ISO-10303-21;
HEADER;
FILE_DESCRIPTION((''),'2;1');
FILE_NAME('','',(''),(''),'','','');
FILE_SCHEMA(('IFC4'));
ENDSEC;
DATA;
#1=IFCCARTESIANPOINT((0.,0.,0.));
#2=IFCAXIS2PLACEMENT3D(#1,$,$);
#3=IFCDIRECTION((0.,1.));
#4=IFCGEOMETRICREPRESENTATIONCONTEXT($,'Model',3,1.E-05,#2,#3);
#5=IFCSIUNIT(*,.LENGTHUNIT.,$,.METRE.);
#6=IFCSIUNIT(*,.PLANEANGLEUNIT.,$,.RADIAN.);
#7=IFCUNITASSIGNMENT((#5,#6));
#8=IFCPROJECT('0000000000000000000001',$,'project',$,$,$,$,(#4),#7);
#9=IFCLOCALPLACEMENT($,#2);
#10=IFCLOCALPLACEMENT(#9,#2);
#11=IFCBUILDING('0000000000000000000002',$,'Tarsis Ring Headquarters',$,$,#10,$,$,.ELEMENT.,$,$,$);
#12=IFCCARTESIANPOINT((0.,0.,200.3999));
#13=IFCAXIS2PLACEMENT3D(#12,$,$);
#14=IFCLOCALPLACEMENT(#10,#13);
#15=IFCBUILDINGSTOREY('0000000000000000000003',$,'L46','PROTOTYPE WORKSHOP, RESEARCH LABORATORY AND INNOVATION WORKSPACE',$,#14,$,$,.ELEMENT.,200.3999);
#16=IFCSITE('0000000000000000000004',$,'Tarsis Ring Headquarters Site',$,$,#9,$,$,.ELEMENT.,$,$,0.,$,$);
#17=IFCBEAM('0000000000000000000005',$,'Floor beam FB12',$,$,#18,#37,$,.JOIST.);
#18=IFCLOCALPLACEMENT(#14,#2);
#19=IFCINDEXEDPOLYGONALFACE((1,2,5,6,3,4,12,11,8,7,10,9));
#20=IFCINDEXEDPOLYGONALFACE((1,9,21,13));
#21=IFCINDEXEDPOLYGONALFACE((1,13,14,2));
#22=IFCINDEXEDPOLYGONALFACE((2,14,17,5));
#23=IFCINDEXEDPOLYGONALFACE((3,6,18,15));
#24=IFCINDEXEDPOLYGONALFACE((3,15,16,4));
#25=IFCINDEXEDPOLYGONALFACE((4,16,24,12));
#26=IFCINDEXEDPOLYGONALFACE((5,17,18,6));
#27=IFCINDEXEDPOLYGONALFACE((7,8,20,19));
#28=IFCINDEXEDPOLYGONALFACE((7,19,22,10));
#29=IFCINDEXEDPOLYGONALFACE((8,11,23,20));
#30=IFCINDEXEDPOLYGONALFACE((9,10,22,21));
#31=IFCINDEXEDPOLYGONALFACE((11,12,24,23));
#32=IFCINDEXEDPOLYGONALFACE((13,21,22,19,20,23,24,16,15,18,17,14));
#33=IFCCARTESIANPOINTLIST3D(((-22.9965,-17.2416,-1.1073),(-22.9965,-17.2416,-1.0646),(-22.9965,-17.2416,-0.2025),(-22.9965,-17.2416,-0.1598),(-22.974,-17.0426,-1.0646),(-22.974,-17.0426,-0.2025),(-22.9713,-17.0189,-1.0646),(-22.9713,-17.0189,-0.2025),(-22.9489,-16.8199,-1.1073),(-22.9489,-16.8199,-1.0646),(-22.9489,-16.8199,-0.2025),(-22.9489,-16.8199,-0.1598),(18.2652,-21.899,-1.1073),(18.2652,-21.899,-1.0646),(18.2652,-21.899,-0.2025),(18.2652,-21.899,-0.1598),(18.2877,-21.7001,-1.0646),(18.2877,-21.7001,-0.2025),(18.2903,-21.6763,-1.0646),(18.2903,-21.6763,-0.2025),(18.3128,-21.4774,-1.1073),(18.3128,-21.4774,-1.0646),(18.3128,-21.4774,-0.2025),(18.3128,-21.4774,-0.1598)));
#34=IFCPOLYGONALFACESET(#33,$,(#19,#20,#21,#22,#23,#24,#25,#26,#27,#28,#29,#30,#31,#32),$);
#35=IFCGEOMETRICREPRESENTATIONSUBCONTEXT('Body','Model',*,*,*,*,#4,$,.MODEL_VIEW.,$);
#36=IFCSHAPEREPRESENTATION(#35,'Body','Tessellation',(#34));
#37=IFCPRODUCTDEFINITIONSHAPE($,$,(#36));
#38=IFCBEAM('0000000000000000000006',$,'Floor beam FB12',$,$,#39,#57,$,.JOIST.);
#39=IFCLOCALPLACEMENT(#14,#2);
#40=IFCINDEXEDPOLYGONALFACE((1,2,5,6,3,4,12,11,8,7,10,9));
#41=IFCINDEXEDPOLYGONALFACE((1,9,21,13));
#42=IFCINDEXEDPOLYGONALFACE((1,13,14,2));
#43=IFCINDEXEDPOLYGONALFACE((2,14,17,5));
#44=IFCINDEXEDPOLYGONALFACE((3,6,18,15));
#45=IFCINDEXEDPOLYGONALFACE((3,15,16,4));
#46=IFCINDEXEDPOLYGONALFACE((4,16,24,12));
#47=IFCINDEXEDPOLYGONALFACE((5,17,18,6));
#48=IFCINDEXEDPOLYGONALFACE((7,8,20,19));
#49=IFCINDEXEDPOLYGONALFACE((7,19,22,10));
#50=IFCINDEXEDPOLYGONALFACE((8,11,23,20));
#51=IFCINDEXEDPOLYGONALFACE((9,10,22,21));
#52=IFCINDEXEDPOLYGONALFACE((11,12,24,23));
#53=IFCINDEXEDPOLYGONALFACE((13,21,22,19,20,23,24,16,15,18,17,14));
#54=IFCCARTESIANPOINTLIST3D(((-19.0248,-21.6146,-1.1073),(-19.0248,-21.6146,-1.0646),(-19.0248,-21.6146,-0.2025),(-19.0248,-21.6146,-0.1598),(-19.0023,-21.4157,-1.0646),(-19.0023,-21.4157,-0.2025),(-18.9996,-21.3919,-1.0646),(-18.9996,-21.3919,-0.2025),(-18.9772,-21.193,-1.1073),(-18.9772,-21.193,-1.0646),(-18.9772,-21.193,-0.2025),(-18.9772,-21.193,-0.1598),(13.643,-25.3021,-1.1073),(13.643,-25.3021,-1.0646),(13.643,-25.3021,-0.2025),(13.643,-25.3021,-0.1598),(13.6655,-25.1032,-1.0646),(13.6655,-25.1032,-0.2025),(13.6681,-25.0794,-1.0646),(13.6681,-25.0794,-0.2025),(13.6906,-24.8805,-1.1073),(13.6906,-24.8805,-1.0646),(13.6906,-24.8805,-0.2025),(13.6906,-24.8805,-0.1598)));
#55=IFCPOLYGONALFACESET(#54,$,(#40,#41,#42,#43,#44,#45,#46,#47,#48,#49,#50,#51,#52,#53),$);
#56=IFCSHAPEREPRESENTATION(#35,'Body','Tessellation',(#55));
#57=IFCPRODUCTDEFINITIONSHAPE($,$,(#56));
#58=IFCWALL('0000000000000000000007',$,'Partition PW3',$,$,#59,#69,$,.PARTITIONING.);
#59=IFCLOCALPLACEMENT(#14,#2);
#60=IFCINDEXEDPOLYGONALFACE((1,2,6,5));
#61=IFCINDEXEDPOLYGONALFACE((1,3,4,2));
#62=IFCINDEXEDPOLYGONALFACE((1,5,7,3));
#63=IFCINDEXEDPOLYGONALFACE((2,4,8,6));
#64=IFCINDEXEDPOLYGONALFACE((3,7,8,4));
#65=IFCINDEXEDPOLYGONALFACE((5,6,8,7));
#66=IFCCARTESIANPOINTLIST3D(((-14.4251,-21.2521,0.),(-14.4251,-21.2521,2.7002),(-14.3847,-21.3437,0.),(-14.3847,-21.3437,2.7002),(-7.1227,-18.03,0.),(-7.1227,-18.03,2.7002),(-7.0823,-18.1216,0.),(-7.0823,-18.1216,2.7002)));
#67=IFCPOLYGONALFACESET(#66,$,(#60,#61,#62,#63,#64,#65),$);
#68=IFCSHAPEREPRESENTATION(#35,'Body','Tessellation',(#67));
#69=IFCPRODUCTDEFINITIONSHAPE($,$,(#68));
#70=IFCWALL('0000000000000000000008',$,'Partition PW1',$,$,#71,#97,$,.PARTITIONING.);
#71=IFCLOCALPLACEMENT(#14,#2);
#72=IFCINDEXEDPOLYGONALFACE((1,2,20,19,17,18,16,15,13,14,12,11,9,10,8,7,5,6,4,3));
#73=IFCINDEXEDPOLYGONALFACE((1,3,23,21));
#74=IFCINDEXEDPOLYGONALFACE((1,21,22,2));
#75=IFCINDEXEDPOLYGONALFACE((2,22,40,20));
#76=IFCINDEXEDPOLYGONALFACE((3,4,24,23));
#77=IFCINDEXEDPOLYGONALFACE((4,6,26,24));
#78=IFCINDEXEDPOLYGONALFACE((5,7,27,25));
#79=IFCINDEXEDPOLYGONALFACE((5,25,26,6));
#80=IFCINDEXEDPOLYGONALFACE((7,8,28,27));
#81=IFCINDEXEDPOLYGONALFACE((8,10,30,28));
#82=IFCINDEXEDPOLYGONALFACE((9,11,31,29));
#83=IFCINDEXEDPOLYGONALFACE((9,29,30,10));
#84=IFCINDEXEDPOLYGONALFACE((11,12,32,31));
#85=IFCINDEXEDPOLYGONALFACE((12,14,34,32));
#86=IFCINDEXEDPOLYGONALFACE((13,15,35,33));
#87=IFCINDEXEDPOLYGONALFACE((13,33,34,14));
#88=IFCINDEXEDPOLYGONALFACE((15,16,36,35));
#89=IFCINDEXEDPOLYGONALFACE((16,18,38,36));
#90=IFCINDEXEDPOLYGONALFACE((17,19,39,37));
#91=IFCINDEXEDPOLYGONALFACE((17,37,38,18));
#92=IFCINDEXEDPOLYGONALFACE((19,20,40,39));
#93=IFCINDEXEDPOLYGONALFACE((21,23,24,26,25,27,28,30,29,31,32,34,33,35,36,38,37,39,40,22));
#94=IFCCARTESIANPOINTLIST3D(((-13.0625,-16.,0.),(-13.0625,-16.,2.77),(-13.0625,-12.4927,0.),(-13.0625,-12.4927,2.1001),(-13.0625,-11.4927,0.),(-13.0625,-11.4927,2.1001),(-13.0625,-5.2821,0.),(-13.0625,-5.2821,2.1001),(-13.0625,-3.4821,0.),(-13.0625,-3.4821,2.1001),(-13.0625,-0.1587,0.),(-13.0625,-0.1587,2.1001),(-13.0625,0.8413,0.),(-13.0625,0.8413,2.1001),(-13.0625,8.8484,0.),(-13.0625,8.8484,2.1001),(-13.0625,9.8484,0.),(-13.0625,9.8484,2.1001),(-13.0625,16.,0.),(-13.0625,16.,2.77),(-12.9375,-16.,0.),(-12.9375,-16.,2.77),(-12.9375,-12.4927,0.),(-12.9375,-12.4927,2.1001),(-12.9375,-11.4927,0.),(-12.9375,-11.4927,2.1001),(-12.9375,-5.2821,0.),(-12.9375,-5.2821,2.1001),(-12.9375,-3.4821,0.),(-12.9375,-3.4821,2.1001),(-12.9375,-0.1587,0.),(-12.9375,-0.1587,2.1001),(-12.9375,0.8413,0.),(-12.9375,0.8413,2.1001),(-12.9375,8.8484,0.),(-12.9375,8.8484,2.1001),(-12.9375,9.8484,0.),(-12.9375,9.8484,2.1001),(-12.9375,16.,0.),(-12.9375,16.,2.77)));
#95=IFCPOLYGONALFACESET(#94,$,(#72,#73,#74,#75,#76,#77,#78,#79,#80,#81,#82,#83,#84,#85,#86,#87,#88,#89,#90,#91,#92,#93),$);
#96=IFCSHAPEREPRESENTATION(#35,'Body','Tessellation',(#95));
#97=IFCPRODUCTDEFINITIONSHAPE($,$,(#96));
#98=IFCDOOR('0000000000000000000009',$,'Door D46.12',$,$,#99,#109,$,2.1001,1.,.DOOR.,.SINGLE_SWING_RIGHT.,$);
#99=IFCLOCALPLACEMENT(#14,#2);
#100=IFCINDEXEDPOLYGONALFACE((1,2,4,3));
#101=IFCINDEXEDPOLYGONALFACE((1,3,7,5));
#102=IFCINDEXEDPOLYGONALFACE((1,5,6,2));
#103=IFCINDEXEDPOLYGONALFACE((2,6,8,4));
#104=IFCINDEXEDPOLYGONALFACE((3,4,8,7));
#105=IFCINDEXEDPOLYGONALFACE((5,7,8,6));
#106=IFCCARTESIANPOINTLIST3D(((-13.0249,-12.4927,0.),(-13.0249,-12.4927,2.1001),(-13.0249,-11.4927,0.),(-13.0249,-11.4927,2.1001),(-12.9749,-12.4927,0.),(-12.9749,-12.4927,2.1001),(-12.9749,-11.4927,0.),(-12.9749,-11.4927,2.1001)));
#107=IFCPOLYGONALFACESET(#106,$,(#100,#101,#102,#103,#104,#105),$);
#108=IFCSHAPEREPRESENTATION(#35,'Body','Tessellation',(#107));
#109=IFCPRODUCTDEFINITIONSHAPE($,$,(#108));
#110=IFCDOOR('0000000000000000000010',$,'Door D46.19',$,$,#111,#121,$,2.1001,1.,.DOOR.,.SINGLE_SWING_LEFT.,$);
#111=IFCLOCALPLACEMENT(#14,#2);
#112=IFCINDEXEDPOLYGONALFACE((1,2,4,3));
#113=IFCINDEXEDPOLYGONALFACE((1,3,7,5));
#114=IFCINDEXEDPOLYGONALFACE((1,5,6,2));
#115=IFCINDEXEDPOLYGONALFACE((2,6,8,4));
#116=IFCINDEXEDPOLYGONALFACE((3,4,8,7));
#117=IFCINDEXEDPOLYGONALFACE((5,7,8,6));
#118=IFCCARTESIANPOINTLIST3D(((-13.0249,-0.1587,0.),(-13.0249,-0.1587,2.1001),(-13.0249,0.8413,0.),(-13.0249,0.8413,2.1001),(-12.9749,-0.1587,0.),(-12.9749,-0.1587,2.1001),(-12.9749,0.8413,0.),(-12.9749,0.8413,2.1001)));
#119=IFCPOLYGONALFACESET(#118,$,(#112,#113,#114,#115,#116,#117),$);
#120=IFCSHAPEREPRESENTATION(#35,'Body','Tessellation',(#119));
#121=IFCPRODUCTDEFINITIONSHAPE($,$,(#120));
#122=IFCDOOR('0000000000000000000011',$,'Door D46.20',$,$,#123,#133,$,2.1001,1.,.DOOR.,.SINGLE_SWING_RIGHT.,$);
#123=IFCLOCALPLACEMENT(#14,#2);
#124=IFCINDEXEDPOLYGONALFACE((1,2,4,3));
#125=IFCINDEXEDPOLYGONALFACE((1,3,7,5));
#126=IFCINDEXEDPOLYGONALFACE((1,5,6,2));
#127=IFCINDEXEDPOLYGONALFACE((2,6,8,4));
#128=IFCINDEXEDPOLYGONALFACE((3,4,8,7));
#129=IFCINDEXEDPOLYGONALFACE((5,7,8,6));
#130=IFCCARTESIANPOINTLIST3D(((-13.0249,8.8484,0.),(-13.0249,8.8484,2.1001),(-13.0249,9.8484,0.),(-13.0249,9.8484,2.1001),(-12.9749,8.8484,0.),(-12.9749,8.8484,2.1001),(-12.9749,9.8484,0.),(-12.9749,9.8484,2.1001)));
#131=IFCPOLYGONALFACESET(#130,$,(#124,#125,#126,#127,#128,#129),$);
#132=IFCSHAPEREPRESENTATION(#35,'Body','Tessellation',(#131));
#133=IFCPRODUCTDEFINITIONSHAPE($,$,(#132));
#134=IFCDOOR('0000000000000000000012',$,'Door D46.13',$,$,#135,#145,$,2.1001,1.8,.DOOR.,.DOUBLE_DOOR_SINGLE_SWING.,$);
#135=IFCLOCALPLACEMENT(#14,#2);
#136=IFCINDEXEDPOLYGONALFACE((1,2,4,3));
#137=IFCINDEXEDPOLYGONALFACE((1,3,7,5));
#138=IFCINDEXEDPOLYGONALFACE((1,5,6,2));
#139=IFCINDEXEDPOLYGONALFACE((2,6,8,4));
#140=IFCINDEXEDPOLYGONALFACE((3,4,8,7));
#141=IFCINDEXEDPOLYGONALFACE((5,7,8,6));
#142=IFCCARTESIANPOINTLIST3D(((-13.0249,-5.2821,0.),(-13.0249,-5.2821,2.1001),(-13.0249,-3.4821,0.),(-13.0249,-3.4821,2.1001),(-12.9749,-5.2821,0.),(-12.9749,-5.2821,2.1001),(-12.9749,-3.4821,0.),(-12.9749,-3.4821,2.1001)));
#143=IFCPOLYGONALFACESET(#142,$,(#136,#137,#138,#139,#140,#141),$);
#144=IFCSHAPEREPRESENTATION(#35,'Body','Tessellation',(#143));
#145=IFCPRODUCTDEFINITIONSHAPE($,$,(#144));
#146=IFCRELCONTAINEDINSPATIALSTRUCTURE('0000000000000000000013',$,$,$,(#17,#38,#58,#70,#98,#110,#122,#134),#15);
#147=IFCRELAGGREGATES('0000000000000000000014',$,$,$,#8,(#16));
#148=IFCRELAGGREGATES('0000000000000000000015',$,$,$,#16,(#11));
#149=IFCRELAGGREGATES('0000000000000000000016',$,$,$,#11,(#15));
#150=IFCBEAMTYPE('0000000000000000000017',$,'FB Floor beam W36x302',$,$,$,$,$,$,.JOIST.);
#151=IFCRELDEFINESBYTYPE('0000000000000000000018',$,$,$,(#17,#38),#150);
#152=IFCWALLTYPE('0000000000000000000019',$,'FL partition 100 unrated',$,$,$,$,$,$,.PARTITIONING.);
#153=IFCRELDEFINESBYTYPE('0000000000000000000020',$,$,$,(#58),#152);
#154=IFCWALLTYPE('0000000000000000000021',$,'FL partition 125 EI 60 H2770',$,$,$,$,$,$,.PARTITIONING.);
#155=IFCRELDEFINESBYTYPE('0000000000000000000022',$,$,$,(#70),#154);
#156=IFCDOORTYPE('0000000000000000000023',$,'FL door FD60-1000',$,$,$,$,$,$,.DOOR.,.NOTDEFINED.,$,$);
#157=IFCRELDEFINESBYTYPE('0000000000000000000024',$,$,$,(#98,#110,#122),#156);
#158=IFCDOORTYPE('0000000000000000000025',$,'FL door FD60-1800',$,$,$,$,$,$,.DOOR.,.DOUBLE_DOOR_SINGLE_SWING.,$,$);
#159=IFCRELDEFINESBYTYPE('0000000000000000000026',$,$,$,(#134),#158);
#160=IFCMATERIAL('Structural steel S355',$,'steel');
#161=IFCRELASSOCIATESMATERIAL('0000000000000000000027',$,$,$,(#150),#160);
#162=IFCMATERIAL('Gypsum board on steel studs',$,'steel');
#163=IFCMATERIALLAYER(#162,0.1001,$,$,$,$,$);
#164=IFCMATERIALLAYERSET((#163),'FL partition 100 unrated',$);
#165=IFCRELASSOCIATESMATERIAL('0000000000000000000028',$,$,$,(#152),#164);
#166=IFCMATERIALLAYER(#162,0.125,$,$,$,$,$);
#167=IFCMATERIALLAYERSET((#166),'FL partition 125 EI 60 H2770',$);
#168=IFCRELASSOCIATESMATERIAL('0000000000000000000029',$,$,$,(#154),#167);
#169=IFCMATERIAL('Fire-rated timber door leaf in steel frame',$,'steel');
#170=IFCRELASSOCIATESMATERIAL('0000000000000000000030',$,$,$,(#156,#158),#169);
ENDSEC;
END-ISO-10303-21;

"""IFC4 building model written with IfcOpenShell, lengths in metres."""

from ifc_helpers import new_model, si_unit, direction, frame, frame_2d, origin, origin_2d, place, context, subcontext, project, spatial, rectangle, i_section, extrude, material, layer, layer_set, material_profile, profile_set, type_object, element, fill, save


model = new_model("IFC4")

# Units and contexts
model_context = context("Model", 3, precision=1e-05, world=origin(), true_north=direction((0.0, 1.0)))
body_context = subcontext(model_context, "Body", "Model", "MODEL_VIEW")
ifc_project = project(units=[si_unit("LENGTHUNIT", "METRE"), si_unit("PLANEANGLEUNIT", "RADIAN")], contexts=[model_context])

# Site, building, storey
site_placement = place(None, origin())
site = spatial("IfcSite", under=ifc_project, at=site_placement, Name="Tarsis Ring Headquarters Site", CompositionType="ELEMENT", RefElevation=0.0)
building_placement = place(site_placement, origin())
building = spatial("IfcBuilding", under=site, at=building_placement, Name="Tarsis Ring Headquarters", CompositionType="ELEMENT")
storey_placement = place(building_placement, frame((0.0, 0.0, 200.3999)))
storey = spatial("IfcBuildingStorey", under=building, at=storey_placement, Name="L46", Description="PROTOTYPE WORKSHOP, RESEARCH LABORATORY AND INNOVATION WORKSPACE", CompositionType="ELEMENT", Elevation=200.3999)

# Beams
ifc_material_1 = material(Name="Structural steel S355", Category="steel")
ifc_material_profile_1 = material_profile(ifc_material_1, i_section(OverallWidth=0.4243, OverallDepth=0.9475, WebThickness=0.0239, FlangeThickness=0.0427, at=origin_2d()), Name="W36x302")
ifc_profile_set_1 = profile_set([ifc_material_profile_1], Name="Structural steel S355")
beam_type = type_object("IfcBeamType", Name="FB Floor beam W36x302", PredefinedType="JOIST", material=ifc_profile_set_1)
beam_1_placement = place(storey_placement, frame((-22.9727, -17.0308, -0.6335), z_axis=(0.99369, -0.112164, 0.0), x_axis=(0.112164, 0.99369, 0.0)))
element("IfcBeam", 1, at=beam_1_placement, inside=storey, type_object=beam_type, Name="Floor beam FB12", PredefinedType="JOIST", context=body_context, shape_type="SweptSolid", body=[
    extrude(i_section(OverallWidth=0.4243, OverallDepth=0.9475, WebThickness=0.0239, FlangeThickness=0.0427, at=origin_2d()), origin(), (0.0, 0.0, 1.0), 41.5237),
])
beam_2_placement = place(storey_placement, frame((-19.001, -21.4038, -0.6335), z_axis=(0.993689, -0.112167, 0.0), x_axis=(0.112167, 0.993689, 0.0)))
element("IfcBeam", 2, at=beam_2_placement, inside=storey, type_object=beam_type, Name="Floor beam FB12", PredefinedType="JOIST", context=body_context, shape_type="SweptSolid", body=[
    extrude(i_section(OverallWidth=0.4243, OverallDepth=0.9475, WebThickness=0.0239, FlangeThickness=0.0427, at=origin_2d()), origin(), (0.0, 0.0, 1.0), 32.8752),
])

# Wall
ifc_material_2 = material(Name="Gypsum board on steel studs", Category="steel")
ifc_layer_1 = layer(ifc_material_2, 0.1001)
ifc_layer_set_1 = layer_set([ifc_layer_1], Name="FL partition 100 unrated")
wall_type_1 = type_object("IfcWallType", Name="FL partition 100 unrated", PredefinedType="PARTITIONING", material=ifc_layer_set_1)
wall_1_placement = place(storey_placement, frame((-14.4048, -21.2979, 0.0), z_axis=(0.0, 0.0, 1.0), x_axis=(0.914896, 0.403691, 0.0)))
element("IfcWall", 3, at=wall_1_placement, inside=storey, type_object=wall_type_1, Name="Partition PW3", PredefinedType="PARTITIONING", context=body_context, shape_type="SweptSolid", body=[
    extrude(rectangle(XDim=7.9817, YDim=0.1001, at=frame_2d((3.9907, 0.0))), origin(), (0.0, 0.0, 1.0), 2.7002),
])

# Wall, openings, doors
ifc_layer_2 = layer(ifc_material_2, 0.125)
ifc_layer_set_2 = layer_set([ifc_layer_2], Name="FL partition 125 EI 60 H2770")
wall_type_2 = type_object("IfcWallType", Name="FL partition 125 EI 60 H2770", PredefinedType="PARTITIONING", material=ifc_layer_set_2)
wall_2_placement = place(storey_placement, frame((-13.0, -16.0, 0.0), z_axis=(0.0, 0.0, 1.0), x_axis=(0.0, 1.0, 0.0)))
wall_2 = element("IfcWall", 4, at=wall_2_placement, inside=storey, type_object=wall_type_2, Name="Partition PW1", PredefinedType="PARTITIONING", context=body_context, shape_type="SweptSolid", body=[
    extrude(rectangle(XDim=32.0, YDim=0.125, at=frame_2d((16.0, 0.0))), origin(), (0.0, 0.0, 1.0), 2.77),
])
opening_1_placement = place(wall_2_placement, frame((3.5073, 0.0, 0.0)))
opening_1 = element("IfcOpeningElement", 5, at=opening_1_placement, cuts=wall_2, PredefinedType="OPENING", context=body_context, shape_type="SweptSolid", body=[
    extrude(rectangle(XDim=1.0, YDim=2.1001, at=frame_2d((0.5, 1.05))), frame((0.0, 0.0725, 0.0), z_axis=(0.0, -1.0, 0.0), x_axis=(1.0, 0.0, 0.0)), (0.0, 0.0, 1.0), 0.145),
])
opening_2_placement = place(wall_2_placement, frame((10.718, 0.0, 0.0)))
opening_2 = element("IfcOpeningElement", 6, at=opening_2_placement, cuts=wall_2, PredefinedType="OPENING", context=body_context, shape_type="SweptSolid", body=[
    extrude(rectangle(XDim=1.8, YDim=2.1001, at=frame_2d((0.8999, 1.05))), frame((0.0, 0.0725, 0.0), z_axis=(0.0, -1.0, 0.0), x_axis=(1.0, 0.0, 0.0)), (0.0, 0.0, 1.0), 0.145),
])
opening_3_placement = place(wall_2_placement, frame((15.8413, 0.0, 0.0)))
opening_3 = element("IfcOpeningElement", 7, at=opening_3_placement, cuts=wall_2, PredefinedType="OPENING", context=body_context, shape_type="SweptSolid", body=[
    extrude(rectangle(XDim=1.0, YDim=2.1001, at=frame_2d((0.5, 1.05))), frame((0.0, 0.0725, 0.0), z_axis=(0.0, -1.0, 0.0), x_axis=(1.0, 0.0, 0.0)), (0.0, 0.0, 1.0), 0.145),
])
opening_4_placement = place(wall_2_placement, frame((24.8484, 0.0, 0.0)))
opening_4 = element("IfcOpeningElement", 8, at=opening_4_placement, cuts=wall_2, PredefinedType="OPENING", context=body_context, shape_type="SweptSolid", body=[
    extrude(rectangle(XDim=1.0, YDim=2.1001, at=frame_2d((0.5, 1.05))), frame((0.0, 0.0725, 0.0), z_axis=(0.0, -1.0, 0.0), x_axis=(1.0, 0.0, 0.0)), (0.0, 0.0, 1.0), 0.145),
])
ifc_material_3 = material(Name="Fire-rated timber door leaf in steel frame", Category="steel")
door_type_1 = type_object("IfcDoorType", Name="FL door FD60-1000", OperationType="NOTDEFINED", PredefinedType="DOOR", material=ifc_material_3)
door_1_placement = place(opening_1_placement, origin())
door_1 = element("IfcDoor", 9, at=door_1_placement, inside=storey, type_object=door_type_1, Name="Door D46.12", OperationType="SINGLE_SWING_RIGHT", OverallHeight=2.1001, OverallWidth=1.0, PredefinedType="DOOR", context=body_context, shape_type="SweptSolid", body=[
    extrude(rectangle(XDim=1.0, YDim=2.1001, at=frame_2d((0.5, 1.05))), frame((0.0, 0.0249, 0.0), z_axis=(0.0, -1.0, 0.0), x_axis=(1.0, 0.0, 0.0)), (0.0, 0.0, 1.0), 0.05),
])
fill(opening_1, door_1)
door_2_placement = place(opening_3_placement, origin())
door_2 = element("IfcDoor", 10, at=door_2_placement, inside=storey, type_object=door_type_1, Name="Door D46.19", OperationType="SINGLE_SWING_LEFT", OverallHeight=2.1001, OverallWidth=1.0, PredefinedType="DOOR", context=body_context, shape_type="SweptSolid", body=[
    extrude(rectangle(XDim=1.0, YDim=2.1001, at=frame_2d((0.5, 1.05))), frame((0.0, 0.0249, 0.0), z_axis=(0.0, -1.0, 0.0), x_axis=(1.0, 0.0, 0.0)), (0.0, 0.0, 1.0), 0.05),
])
fill(opening_3, door_2)
door_3_placement = place(opening_4_placement, origin())
door_3 = element("IfcDoor", 11, at=door_3_placement, inside=storey, type_object=door_type_1, Name="Door D46.20", OperationType="SINGLE_SWING_RIGHT", OverallHeight=2.1001, OverallWidth=1.0, PredefinedType="DOOR", context=body_context, shape_type="SweptSolid", body=[
    extrude(rectangle(XDim=1.0, YDim=2.1001, at=frame_2d((0.5, 1.05))), frame((0.0, 0.0249, 0.0), z_axis=(0.0, -1.0, 0.0), x_axis=(1.0, 0.0, 0.0)), (0.0, 0.0, 1.0), 0.05),
])
fill(opening_4, door_3)
door_type_2 = type_object("IfcDoorType", Name="FL door FD60-1800", OperationType="DOUBLE_DOOR_SINGLE_SWING", PredefinedType="DOOR", material=ifc_material_3)
door_4_placement = place(opening_2_placement, origin())
door_4 = element("IfcDoor", 12, at=door_4_placement, inside=storey, type_object=door_type_2, Name="Door D46.13", OperationType="DOUBLE_DOOR_SINGLE_SWING", OverallHeight=2.1001, OverallWidth=1.8, PredefinedType="DOOR", context=body_context, shape_type="SweptSolid", body=[
    extrude(rectangle(XDim=1.8, YDim=2.1001, at=frame_2d((0.8999, 1.05))), frame((0.0, 0.0249, 0.0), z_axis=(0.0, -1.0, 0.0), x_axis=(1.0, 0.0, 0.0)), (0.0, 0.0, 1.0), 0.05),
])
fill(opening_2, door_4)

save(model, "model.ifc")
